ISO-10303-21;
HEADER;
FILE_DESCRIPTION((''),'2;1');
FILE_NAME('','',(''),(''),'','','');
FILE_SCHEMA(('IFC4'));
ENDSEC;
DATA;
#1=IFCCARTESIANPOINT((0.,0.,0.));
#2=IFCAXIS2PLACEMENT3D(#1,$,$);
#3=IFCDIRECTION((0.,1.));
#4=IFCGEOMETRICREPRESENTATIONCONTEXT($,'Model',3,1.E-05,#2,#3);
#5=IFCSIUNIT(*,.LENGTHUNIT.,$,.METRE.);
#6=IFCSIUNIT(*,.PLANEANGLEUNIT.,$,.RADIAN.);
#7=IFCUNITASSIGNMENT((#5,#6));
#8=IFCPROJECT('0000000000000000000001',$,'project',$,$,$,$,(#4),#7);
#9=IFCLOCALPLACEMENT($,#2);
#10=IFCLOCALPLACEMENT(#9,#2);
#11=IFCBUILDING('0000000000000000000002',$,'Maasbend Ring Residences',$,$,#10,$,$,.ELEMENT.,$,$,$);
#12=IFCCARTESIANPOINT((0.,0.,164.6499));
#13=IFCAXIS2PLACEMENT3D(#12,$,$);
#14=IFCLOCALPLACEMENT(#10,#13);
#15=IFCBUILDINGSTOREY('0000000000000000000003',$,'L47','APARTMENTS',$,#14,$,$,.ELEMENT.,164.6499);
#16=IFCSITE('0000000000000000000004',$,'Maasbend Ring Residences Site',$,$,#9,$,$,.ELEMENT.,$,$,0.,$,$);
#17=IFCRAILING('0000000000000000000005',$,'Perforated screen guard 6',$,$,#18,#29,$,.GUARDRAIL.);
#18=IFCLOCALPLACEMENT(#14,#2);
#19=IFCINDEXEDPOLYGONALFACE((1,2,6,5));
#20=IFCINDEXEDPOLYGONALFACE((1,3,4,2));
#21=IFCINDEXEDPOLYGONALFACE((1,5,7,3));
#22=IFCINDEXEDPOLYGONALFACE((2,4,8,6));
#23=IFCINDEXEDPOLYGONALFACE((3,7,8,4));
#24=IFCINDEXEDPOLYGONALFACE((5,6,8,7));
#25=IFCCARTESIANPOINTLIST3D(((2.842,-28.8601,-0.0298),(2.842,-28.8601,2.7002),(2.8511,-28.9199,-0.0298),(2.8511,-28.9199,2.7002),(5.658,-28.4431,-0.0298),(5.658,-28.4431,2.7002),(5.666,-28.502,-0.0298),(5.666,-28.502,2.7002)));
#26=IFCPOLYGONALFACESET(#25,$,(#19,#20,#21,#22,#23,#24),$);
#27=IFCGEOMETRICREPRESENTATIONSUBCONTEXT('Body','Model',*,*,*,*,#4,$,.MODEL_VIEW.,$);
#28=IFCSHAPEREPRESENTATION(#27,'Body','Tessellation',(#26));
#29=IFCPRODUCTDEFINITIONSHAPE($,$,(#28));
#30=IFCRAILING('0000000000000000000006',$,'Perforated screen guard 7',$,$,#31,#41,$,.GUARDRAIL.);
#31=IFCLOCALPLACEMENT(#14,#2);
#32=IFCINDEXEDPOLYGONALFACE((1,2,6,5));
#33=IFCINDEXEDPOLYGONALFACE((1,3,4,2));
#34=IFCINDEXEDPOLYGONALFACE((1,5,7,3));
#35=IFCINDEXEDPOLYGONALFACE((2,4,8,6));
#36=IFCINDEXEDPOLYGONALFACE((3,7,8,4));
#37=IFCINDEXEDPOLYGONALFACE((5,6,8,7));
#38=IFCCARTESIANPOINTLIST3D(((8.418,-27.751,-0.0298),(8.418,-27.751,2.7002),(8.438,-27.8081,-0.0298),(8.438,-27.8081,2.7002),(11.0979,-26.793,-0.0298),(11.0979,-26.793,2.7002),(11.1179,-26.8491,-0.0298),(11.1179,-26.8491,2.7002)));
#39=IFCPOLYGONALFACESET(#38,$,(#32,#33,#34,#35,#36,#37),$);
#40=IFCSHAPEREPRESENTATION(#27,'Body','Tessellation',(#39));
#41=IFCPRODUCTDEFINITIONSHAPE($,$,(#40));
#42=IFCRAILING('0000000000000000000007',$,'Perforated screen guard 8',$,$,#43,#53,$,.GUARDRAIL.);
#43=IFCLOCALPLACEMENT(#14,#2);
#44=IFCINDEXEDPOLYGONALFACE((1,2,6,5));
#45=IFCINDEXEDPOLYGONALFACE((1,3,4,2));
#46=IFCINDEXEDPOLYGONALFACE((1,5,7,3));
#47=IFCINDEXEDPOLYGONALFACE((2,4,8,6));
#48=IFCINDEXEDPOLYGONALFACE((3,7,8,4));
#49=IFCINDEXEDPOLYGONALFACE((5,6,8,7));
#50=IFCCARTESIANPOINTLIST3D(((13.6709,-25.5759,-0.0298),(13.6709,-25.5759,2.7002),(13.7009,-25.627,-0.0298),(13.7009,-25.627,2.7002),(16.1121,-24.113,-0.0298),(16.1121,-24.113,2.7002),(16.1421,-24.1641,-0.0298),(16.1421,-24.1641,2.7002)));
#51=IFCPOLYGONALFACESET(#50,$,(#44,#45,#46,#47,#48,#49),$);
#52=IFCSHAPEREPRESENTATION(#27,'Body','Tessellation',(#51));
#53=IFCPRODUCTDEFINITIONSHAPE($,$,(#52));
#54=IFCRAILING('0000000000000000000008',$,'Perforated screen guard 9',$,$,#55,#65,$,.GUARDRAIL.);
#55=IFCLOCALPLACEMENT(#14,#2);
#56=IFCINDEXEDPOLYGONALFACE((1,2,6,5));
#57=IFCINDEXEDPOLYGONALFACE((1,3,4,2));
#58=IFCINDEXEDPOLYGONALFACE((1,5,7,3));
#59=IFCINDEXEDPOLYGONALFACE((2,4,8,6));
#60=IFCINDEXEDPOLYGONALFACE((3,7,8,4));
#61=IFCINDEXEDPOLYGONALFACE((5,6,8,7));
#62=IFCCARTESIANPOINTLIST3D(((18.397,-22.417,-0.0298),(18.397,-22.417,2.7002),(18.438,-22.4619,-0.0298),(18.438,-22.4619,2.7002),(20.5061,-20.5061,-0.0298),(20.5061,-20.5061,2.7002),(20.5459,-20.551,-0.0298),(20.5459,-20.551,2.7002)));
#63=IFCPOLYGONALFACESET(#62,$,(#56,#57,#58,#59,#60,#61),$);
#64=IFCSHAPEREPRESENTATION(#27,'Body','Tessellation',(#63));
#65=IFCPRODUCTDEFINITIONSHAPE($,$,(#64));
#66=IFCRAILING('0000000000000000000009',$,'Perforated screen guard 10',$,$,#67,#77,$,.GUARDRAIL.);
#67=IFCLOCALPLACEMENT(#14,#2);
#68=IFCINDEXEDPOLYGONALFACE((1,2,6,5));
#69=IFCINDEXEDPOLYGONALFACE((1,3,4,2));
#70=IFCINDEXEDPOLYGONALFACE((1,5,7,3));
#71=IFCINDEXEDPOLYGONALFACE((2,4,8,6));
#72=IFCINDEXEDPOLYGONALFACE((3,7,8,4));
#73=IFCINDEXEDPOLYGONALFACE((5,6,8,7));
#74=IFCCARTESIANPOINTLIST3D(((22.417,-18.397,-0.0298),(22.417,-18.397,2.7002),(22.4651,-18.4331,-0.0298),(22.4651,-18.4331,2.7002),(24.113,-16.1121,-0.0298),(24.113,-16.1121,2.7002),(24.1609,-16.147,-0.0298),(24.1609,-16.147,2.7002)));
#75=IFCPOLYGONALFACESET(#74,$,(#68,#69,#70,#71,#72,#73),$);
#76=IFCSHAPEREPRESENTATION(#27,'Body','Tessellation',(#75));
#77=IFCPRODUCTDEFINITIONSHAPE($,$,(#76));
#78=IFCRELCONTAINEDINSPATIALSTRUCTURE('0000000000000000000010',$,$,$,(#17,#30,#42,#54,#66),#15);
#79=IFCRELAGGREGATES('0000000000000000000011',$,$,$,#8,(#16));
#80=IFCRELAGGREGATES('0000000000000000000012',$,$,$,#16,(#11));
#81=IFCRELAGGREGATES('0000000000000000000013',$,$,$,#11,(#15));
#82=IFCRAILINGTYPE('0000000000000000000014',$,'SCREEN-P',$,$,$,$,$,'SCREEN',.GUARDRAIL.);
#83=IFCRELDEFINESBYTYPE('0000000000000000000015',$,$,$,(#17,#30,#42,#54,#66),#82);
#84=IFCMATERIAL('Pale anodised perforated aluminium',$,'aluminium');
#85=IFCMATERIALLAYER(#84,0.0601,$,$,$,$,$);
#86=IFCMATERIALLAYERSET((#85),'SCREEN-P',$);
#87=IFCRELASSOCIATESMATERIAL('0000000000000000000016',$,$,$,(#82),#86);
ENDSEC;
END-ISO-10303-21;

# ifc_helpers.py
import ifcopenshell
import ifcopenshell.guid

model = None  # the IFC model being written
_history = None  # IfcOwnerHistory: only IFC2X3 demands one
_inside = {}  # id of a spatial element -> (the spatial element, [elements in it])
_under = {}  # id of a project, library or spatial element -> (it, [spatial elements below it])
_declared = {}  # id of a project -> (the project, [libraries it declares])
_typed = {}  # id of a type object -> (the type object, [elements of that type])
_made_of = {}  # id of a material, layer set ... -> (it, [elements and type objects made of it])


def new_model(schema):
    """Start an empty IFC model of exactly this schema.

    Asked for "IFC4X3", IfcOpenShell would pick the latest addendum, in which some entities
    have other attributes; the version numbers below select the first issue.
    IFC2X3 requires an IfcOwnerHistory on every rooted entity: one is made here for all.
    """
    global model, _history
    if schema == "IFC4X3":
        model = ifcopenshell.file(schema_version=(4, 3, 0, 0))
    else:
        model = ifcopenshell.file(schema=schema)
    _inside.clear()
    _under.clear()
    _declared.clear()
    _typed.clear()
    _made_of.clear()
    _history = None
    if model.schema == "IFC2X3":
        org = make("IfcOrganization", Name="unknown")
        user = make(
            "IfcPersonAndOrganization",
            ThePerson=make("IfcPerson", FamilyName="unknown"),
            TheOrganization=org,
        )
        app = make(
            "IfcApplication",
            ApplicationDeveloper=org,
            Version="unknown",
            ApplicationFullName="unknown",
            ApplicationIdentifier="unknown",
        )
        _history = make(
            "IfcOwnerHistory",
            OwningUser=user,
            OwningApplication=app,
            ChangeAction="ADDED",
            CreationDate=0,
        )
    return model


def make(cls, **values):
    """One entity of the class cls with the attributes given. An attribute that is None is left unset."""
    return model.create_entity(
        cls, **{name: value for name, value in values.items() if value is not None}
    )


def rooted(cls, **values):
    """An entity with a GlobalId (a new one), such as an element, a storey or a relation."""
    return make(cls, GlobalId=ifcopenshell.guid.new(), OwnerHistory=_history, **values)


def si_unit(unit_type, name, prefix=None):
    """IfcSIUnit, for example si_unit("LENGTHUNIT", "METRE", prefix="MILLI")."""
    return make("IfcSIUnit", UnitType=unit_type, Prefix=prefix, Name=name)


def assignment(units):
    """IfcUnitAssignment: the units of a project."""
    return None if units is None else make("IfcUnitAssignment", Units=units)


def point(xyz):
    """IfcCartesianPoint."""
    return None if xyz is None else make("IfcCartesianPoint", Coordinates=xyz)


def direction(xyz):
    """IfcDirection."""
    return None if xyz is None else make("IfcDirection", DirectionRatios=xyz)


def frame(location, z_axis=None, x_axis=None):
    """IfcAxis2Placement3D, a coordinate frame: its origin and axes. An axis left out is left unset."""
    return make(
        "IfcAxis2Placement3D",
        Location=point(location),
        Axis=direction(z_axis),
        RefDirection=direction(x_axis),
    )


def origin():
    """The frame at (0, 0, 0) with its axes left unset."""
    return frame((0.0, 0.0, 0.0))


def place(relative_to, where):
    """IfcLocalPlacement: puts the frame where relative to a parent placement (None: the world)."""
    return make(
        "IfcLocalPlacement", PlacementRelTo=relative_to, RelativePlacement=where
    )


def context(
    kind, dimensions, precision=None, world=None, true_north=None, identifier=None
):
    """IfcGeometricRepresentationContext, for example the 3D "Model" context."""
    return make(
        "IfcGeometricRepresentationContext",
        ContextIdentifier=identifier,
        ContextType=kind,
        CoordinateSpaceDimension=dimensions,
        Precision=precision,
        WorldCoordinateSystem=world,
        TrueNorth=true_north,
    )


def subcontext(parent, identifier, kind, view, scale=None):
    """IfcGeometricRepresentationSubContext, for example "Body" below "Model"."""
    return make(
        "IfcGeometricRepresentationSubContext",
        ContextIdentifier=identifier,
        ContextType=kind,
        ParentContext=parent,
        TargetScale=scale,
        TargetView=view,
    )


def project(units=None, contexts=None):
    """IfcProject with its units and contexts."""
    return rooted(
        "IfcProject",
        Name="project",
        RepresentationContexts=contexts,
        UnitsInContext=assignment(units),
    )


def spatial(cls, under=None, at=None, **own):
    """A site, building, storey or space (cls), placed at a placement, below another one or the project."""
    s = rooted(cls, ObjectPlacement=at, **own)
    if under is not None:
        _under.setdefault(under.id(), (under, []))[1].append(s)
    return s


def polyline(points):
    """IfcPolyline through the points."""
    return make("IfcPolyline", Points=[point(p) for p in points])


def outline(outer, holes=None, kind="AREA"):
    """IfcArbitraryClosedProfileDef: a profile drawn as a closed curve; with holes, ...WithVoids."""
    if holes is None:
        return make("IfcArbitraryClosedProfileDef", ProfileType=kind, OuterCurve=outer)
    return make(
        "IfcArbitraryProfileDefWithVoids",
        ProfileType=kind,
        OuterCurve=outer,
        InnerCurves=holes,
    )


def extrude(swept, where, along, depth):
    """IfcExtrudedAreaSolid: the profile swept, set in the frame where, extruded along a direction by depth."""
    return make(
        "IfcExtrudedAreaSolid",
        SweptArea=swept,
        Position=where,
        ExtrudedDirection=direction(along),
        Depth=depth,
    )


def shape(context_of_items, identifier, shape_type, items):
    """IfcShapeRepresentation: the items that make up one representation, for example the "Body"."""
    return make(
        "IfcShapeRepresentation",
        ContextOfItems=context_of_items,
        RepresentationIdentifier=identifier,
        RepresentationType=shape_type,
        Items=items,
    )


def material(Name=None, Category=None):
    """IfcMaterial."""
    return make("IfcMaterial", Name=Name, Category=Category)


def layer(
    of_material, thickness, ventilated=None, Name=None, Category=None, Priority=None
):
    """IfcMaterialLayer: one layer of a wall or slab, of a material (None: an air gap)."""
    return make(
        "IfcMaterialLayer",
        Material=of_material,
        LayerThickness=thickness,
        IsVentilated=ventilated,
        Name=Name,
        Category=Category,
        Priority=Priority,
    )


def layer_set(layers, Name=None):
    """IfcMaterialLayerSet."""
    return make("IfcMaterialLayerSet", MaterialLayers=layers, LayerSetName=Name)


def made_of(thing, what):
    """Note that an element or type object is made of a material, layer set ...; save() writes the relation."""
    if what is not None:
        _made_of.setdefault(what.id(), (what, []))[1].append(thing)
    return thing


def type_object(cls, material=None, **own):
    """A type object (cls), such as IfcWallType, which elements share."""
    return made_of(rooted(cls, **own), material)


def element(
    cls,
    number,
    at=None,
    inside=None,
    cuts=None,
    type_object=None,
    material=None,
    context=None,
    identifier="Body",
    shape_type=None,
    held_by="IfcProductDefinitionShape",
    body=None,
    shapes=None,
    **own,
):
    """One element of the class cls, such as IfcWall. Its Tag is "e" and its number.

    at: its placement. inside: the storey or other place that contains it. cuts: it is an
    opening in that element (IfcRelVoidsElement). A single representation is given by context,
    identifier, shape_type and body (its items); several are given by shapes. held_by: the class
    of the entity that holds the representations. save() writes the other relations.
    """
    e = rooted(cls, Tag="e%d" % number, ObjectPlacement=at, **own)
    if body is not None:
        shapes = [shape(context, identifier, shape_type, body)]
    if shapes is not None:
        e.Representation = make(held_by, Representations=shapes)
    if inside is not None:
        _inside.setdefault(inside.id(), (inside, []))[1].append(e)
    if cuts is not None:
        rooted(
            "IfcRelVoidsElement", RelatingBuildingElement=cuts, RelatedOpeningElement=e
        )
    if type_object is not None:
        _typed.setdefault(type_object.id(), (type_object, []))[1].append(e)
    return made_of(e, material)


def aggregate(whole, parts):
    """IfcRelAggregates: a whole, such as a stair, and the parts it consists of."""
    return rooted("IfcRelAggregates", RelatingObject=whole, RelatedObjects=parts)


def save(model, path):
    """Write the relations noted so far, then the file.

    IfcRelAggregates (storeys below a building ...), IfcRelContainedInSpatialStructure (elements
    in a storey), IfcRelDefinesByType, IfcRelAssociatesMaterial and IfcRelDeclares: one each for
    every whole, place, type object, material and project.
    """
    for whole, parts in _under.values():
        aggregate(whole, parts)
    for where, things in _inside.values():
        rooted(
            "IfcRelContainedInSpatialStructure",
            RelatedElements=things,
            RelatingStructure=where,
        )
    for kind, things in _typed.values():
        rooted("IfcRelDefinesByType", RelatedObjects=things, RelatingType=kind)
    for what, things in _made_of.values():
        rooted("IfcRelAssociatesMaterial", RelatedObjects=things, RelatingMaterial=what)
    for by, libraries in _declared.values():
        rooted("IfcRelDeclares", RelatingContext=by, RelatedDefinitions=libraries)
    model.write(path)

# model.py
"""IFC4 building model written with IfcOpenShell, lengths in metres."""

from ifc_helpers import new_model, si_unit, direction, frame, origin, place, context, subcontext, project, spatial, polyline, outline, extrude, material, layer, layer_set, type_object, element, save


model = new_model("IFC4")

# Units and contexts
model_context = context("Model", 3, precision=1e-05, world=origin(), true_north=direction((0.0, 1.0)))
body_context = subcontext(model_context, "Body", "Model", "MODEL_VIEW")
ifc_project = project(units=[si_unit("LENGTHUNIT", "METRE"), si_unit("PLANEANGLEUNIT", "RADIAN")], contexts=[model_context])

# Site, building, storey
site_placement = place(None, origin())
site = spatial("IfcSite", under=ifc_project, at=site_placement, Name="Maasbend Ring Residences Site", CompositionType="ELEMENT", RefElevation=0.0)
building_placement = place(site_placement, origin())
building = spatial("IfcBuilding", under=site, at=building_placement, Name="Maasbend Ring Residences", CompositionType="ELEMENT")
storey_placement = place(building_placement, frame((0.0, 0.0, 164.6499)))
storey = spatial("IfcBuildingStorey", under=building, at=storey_placement, Name="L47", Description="APARTMENTS", CompositionType="ELEMENT", Elevation=164.6499)

# Railings
ifc_material_1 = material(Name="Pale anodised perforated aluminium", Category="aluminium")
ifc_layer_1 = layer(ifc_material_1, 0.0601)
ifc_layer_set_1 = layer_set([ifc_layer_1], Name="SCREEN-P")
railing_type = type_object("IfcRailingType", Name="SCREEN-P", ElementType="SCREEN", PredefinedType="GUARDRAIL", material=ifc_layer_set_1)
railing_1_placement = place(storey_placement, frame((0.0, 0.0, -0.0298)))
element("IfcRailing", 1, at=railing_1_placement, inside=storey, type_object=railing_type, Name="Perforated screen guard 6", PredefinedType="GUARDRAIL", context=body_context, shape_type="SweptSolid", body=[
    extrude(outline(polyline([(2.842, -28.8601), (5.658, -28.4431), (5.666, -28.502), (2.8511, -28.9199), (2.842, -28.8601)])), origin(), (0.0, 0.0, 1.0), 2.73),
])
railing_2_placement = place(storey_placement, frame((0.0, 0.0, -0.0298)))
element("IfcRailing", 2, at=railing_2_placement, inside=storey, type_object=railing_type, Name="Perforated screen guard 7", PredefinedType="GUARDRAIL", context=body_context, shape_type="SweptSolid", body=[
    extrude(outline(polyline([(8.418, -27.751), (11.0979, -26.793), (11.1179, -26.8491), (8.438, -27.8081), (8.418, -27.751)])), origin(), (0.0, 0.0, 1.0), 2.73),
])
railing_3_placement = place(storey_placement, frame((0.0, 0.0, -0.0298)))
element("IfcRailing", 3, at=railing_3_placement, inside=storey, type_object=railing_type, Name="Perforated screen guard 8", PredefinedType="GUARDRAIL", context=body_context, shape_type="SweptSolid", body=[
    extrude(outline(polyline([(13.6709, -25.5759), (16.1121, -24.113), (16.1421, -24.1641), (13.7009, -25.627), (13.6709, -25.5759)])), origin(), (0.0, 0.0, 1.0), 2.73),
])
railing_4_placement = place(storey_placement, frame((0.0, 0.0, -0.0298)))
element("IfcRailing", 4, at=railing_4_placement, inside=storey, type_object=railing_type, Name="Perforated screen guard 9", PredefinedType="GUARDRAIL", context=body_context, shape_type="SweptSolid", body=[
    extrude(outline(polyline([(18.397, -22.417), (20.5061, -20.5061), (20.5459, -20.551), (18.438, -22.4619), (18.397, -22.417)])), origin(), (0.0, 0.0, 1.0), 2.73),
])
railing_5_placement = place(storey_placement, frame((0.0, 0.0, -0.0298)))
element("IfcRailing", 5, at=railing_5_placement, inside=storey, type_object=railing_type, Name="Perforated screen guard 10", PredefinedType="GUARDRAIL", context=body_context, shape_type="SweptSolid", body=[
    extrude(outline(polyline([(22.417, -18.397), (24.113, -16.1121), (24.1609, -16.147), (22.4651, -18.4331), (22.417, -18.397)])), origin(), (0.0, 0.0, 1.0), 2.73),
])

save(model, "model.ifc")
